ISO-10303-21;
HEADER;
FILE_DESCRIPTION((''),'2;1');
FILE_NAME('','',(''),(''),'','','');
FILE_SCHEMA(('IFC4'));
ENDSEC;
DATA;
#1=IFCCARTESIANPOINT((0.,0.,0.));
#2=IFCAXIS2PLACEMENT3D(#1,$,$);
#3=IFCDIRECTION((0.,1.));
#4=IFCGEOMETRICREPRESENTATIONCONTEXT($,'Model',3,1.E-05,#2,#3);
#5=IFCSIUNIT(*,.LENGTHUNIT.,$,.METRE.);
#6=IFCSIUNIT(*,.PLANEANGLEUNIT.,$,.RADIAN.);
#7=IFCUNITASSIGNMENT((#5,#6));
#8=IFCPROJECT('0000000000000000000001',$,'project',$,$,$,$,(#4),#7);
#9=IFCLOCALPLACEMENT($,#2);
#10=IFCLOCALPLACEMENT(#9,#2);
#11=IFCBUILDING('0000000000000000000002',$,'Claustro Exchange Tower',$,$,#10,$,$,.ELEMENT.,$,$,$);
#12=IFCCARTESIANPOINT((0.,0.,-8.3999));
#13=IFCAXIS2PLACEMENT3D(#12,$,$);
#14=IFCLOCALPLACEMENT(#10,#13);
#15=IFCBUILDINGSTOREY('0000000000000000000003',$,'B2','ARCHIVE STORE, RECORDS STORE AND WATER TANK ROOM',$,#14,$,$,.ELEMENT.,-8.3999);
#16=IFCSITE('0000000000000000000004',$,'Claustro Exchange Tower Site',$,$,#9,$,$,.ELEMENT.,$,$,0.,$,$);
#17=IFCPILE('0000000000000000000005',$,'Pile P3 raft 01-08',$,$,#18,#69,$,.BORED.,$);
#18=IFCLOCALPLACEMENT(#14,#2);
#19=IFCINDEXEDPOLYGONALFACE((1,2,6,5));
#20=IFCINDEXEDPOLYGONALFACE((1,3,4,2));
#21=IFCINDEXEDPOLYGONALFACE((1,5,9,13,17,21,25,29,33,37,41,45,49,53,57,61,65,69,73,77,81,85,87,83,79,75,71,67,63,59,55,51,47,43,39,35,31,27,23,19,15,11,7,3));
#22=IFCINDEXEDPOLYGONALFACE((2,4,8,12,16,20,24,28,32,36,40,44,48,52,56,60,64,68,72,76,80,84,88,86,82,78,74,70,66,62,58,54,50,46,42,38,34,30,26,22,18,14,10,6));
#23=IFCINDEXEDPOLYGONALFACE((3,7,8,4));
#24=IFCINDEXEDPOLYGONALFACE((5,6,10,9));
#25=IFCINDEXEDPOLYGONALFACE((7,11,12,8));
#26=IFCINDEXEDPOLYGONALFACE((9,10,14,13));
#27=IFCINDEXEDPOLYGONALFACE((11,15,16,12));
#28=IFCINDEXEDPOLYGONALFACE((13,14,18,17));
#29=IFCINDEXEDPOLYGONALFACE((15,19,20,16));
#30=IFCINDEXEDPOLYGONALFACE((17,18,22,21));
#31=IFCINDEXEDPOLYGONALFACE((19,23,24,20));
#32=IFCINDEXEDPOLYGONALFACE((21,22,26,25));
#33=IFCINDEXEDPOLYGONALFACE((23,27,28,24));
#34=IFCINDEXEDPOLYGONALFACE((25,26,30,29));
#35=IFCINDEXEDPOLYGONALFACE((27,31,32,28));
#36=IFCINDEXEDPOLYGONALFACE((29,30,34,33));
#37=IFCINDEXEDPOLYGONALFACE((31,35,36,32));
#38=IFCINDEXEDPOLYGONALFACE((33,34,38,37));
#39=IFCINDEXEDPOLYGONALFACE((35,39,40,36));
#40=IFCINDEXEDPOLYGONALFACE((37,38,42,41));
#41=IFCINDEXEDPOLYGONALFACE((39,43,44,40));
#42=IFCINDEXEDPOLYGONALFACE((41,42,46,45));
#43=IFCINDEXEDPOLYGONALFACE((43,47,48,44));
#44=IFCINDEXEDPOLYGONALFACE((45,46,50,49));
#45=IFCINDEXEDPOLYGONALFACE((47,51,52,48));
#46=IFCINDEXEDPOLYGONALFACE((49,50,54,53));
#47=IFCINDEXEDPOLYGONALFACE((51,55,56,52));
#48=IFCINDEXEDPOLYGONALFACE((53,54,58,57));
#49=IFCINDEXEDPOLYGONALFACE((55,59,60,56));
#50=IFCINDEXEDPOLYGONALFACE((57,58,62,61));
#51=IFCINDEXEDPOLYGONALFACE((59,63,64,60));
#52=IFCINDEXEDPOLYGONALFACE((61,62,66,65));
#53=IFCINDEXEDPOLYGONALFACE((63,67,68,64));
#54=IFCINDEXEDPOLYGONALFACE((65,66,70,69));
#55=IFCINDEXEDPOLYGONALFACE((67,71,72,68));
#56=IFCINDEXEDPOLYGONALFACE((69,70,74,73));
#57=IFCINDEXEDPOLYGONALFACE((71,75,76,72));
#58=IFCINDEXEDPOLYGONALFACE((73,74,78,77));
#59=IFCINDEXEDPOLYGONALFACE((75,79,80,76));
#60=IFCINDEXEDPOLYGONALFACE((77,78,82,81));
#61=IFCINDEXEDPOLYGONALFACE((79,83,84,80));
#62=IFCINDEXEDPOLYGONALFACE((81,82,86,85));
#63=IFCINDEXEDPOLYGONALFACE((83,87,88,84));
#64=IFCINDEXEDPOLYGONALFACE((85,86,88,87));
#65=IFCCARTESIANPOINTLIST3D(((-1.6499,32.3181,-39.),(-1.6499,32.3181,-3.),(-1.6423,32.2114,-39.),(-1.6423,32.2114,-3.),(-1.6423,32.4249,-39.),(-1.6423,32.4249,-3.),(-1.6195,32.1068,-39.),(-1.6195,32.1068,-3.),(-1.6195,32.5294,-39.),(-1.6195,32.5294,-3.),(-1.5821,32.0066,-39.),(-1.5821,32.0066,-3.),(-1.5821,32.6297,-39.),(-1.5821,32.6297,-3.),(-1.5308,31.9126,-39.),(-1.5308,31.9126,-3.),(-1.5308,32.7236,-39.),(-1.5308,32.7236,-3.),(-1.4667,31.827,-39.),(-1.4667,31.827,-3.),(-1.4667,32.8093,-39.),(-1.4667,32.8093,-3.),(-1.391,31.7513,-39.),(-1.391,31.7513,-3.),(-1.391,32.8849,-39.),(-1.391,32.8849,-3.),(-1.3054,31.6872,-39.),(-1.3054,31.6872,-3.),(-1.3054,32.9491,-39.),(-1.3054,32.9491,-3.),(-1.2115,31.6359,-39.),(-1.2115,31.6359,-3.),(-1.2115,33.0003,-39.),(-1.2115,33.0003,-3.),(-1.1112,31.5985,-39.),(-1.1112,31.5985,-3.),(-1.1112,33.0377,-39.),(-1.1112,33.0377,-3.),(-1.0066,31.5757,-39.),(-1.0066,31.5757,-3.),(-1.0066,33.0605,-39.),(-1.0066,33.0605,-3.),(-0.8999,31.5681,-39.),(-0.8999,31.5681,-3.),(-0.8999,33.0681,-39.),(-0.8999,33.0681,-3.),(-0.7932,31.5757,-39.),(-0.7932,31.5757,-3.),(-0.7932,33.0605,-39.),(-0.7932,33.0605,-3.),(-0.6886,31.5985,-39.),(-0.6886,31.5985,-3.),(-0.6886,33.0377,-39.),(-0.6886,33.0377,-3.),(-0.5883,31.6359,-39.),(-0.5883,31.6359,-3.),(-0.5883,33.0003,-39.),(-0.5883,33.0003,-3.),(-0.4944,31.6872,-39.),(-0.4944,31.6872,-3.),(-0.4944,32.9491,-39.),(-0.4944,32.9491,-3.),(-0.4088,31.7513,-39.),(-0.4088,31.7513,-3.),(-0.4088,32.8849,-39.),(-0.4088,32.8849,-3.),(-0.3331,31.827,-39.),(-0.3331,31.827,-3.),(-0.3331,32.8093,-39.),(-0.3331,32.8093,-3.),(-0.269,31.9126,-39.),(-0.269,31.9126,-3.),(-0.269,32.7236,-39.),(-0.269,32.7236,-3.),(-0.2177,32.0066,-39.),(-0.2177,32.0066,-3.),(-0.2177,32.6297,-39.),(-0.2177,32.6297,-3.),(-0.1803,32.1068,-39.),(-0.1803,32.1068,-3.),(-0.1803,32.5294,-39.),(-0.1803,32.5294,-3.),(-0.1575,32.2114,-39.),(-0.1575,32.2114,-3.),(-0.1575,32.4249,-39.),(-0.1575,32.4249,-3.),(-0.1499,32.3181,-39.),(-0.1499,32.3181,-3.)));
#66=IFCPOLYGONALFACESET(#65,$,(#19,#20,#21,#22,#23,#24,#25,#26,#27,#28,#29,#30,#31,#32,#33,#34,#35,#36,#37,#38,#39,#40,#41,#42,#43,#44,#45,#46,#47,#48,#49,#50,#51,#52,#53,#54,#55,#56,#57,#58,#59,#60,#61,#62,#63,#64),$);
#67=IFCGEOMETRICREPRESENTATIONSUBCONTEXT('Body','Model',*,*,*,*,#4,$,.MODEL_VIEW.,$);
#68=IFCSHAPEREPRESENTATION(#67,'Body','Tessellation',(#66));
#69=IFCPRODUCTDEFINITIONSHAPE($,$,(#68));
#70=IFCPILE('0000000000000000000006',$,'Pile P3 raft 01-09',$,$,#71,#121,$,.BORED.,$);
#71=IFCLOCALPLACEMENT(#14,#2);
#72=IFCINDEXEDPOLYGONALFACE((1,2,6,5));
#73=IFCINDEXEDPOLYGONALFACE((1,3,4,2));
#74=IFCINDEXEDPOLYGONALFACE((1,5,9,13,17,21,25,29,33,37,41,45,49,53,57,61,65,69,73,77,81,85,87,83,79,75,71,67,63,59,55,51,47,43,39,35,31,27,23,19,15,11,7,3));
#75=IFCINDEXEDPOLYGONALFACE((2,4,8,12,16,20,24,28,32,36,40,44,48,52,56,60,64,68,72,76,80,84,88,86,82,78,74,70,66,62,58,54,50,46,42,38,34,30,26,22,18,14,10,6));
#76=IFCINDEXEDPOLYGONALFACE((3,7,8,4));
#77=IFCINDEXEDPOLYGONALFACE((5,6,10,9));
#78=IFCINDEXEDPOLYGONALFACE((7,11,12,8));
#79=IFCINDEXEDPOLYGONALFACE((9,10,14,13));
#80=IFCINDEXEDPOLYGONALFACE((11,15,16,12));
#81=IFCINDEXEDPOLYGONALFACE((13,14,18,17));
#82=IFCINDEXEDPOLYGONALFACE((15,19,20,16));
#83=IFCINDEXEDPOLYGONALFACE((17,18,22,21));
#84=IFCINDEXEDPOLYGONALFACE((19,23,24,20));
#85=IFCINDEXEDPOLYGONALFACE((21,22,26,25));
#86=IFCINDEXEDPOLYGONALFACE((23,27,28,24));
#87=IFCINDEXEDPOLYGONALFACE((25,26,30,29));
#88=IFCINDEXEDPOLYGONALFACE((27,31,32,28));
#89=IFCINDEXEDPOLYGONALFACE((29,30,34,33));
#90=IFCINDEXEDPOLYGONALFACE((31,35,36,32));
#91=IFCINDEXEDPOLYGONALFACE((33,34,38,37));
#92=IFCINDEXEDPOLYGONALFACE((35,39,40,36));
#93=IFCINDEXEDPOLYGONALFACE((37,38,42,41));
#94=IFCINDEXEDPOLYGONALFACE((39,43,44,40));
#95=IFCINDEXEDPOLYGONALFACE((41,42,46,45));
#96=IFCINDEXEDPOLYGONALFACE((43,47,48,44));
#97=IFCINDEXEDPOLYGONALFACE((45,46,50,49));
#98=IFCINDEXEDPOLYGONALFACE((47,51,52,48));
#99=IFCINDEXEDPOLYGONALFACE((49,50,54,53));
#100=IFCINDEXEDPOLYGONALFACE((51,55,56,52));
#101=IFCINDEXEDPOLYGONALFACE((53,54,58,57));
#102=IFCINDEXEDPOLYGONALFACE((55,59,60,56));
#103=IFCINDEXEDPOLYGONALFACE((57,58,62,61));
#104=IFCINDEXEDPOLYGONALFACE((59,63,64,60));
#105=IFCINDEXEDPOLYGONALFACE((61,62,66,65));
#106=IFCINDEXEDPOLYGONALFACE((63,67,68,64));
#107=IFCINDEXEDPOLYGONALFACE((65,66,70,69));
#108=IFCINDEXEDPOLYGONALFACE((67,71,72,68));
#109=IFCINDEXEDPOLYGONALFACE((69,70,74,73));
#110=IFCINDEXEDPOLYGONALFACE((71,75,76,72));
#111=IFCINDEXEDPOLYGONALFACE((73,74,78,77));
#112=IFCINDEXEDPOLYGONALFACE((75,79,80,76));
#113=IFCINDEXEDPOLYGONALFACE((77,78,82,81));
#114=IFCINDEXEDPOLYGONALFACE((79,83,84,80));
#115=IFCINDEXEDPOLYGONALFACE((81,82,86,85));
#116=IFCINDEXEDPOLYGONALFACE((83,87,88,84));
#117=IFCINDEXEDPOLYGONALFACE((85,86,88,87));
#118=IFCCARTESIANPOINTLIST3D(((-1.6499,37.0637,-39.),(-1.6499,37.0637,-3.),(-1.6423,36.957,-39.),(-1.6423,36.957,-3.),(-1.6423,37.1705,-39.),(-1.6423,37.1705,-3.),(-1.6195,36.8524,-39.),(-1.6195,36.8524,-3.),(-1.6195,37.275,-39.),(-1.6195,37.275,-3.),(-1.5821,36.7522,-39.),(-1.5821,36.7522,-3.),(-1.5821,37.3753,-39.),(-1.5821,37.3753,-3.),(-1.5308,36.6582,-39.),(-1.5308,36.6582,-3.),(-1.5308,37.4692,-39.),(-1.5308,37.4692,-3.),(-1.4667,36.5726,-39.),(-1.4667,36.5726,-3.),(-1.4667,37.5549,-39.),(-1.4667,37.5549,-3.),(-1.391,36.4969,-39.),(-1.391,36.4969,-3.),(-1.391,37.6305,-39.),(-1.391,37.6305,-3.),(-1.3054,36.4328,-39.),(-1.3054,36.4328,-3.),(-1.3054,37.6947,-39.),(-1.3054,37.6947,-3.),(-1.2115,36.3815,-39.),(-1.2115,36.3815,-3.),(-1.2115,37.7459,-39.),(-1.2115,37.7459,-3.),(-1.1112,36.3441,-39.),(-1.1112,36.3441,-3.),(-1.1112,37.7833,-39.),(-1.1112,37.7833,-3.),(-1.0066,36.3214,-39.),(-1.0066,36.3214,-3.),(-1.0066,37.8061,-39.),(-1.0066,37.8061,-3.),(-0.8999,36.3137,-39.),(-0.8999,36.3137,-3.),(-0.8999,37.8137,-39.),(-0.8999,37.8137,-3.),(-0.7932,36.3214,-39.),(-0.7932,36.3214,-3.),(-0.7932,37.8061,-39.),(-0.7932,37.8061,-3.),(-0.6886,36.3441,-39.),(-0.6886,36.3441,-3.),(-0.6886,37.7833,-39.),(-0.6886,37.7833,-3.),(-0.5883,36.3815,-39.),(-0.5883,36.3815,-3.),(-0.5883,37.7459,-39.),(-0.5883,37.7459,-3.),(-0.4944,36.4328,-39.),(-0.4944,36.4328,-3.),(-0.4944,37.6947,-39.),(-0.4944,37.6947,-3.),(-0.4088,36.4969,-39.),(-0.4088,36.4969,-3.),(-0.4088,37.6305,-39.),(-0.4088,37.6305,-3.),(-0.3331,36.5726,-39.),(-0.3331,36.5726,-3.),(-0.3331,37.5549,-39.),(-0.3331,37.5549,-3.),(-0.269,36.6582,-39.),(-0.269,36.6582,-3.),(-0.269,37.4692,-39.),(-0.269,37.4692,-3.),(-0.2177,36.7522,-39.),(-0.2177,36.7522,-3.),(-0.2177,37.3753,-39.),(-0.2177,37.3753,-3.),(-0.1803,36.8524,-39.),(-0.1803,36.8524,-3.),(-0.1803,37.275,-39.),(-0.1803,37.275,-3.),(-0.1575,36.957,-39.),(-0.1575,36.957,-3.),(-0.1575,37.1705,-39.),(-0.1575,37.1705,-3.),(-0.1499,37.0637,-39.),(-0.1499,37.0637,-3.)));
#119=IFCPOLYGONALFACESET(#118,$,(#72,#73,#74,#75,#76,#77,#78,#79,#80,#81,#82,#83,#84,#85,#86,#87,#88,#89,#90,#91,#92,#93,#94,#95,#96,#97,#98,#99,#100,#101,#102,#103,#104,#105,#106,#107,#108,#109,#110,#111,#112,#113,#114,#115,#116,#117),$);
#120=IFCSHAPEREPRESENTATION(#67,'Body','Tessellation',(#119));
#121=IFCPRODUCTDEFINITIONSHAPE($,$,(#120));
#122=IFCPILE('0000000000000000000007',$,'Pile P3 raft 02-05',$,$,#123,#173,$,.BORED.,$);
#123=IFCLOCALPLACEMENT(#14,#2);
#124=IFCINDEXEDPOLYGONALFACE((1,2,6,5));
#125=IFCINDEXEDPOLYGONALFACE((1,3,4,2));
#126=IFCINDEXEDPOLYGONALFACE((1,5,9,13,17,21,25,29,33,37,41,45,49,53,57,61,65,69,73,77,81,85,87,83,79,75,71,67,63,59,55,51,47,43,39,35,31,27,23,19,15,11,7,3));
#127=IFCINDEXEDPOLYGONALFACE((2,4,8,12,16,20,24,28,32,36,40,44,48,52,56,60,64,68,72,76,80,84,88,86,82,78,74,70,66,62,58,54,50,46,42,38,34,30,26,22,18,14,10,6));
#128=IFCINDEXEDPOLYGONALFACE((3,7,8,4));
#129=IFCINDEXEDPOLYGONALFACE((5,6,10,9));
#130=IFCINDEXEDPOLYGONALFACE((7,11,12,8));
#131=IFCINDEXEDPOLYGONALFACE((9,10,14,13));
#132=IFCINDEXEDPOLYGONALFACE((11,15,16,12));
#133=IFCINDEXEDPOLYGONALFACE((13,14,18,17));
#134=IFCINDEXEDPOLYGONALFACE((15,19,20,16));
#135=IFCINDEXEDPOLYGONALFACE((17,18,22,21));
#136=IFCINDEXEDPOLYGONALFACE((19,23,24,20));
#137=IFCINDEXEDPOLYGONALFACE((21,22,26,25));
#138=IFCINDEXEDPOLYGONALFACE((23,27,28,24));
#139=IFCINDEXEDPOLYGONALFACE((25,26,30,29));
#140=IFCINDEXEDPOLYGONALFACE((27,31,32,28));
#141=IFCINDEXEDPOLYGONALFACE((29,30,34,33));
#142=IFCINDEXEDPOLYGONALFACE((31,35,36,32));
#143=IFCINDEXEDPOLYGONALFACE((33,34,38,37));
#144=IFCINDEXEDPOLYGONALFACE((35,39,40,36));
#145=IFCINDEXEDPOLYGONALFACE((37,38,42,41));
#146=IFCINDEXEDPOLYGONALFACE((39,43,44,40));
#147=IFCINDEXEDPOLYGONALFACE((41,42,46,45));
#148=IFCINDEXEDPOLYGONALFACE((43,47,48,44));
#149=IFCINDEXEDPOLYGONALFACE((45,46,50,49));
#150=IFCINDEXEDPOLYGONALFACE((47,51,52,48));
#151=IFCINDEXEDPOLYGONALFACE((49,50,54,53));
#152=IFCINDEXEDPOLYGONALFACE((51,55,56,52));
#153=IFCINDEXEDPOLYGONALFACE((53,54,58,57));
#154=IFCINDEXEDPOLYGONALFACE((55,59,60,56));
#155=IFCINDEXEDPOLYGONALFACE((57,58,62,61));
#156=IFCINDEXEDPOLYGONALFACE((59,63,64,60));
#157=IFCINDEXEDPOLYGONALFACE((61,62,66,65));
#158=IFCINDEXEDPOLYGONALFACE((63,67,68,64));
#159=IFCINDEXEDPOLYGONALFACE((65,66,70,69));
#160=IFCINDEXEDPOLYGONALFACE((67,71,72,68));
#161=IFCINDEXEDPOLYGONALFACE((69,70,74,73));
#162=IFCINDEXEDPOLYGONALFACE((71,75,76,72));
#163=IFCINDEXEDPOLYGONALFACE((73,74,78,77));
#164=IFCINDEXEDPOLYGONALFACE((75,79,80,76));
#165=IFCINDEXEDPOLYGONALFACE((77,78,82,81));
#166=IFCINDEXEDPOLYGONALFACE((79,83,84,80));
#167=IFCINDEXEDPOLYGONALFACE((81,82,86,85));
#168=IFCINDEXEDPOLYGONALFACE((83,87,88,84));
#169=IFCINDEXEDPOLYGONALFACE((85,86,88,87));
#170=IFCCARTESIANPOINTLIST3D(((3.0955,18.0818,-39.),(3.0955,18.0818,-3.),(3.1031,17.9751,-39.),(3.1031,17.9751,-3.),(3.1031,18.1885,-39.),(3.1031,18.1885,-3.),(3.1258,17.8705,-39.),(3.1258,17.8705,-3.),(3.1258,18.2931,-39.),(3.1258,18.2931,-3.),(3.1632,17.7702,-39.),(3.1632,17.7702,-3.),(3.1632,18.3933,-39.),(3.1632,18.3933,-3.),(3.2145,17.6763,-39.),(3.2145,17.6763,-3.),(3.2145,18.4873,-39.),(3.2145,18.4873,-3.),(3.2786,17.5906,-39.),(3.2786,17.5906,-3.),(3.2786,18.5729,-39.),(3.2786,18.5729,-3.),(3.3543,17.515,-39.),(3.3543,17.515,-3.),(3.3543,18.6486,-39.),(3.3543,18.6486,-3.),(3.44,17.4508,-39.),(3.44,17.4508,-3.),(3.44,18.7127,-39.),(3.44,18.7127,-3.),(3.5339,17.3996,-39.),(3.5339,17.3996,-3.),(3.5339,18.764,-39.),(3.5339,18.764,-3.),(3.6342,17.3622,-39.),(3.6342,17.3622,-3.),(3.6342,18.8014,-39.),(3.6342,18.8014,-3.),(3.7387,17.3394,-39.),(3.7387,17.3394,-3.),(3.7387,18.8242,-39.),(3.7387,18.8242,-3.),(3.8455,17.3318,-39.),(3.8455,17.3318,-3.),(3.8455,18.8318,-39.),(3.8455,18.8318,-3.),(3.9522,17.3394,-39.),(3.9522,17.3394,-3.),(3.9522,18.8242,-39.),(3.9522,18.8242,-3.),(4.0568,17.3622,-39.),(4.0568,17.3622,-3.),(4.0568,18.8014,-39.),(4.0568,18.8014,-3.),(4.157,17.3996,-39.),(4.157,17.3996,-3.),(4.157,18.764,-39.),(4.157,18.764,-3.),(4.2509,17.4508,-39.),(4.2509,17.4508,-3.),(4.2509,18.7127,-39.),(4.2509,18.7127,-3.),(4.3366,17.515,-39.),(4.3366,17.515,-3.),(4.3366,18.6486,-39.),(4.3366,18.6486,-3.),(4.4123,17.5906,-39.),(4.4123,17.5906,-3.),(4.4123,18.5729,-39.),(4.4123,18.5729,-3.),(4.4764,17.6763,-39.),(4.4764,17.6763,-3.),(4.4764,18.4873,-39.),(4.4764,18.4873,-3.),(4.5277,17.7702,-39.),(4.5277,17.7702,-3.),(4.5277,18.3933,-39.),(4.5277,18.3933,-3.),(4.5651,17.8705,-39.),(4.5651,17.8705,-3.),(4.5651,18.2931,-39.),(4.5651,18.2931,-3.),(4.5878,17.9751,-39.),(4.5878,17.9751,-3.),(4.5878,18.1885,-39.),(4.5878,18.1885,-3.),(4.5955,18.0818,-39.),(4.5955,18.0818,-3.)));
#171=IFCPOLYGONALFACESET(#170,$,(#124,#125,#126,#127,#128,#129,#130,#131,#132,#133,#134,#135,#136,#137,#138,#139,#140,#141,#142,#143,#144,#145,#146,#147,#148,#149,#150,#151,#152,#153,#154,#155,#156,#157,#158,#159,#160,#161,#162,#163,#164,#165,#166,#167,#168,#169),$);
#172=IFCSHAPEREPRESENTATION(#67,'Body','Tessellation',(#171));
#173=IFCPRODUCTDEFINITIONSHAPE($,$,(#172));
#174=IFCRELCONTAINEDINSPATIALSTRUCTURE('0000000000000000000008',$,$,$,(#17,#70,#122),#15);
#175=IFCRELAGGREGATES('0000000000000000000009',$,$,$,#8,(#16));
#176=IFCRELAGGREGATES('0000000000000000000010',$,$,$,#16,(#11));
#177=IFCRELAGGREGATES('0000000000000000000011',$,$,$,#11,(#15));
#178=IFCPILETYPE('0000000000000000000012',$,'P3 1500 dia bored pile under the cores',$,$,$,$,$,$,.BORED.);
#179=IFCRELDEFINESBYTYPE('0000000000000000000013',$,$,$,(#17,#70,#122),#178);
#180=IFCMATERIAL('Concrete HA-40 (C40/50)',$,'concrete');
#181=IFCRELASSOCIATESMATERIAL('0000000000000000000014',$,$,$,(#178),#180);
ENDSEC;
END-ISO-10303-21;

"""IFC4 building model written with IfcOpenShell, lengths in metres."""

from ifc_helpers import new_model, si_unit, direction, frame, origin, origin_2d, place, context, subcontext, project, spatial, circle, extrude, material, type_object, element, save


model = new_model("IFC4")

# Units and contexts
model_context = context("Model", 3, precision=1e-05, world=origin(), true_north=direction((0.0, 1.0)))
body_context = subcontext(model_context, "Body", "Model", "MODEL_VIEW")
ifc_project = project(units=[si_unit("LENGTHUNIT", "METRE"), si_unit("PLANEANGLEUNIT", "RADIAN")], contexts=[model_context])

# Site, building, storey
site_placement = place(None, origin())
site = spatial("IfcSite", under=ifc_project, at=site_placement, Name="Claustro Exchange Tower Site", CompositionType="ELEMENT", RefElevation=0.0)
building_placement = place(site_placement, origin())
building = spatial("IfcBuilding", under=site, at=building_placement, Name="Claustro Exchange Tower", CompositionType="ELEMENT")
storey_placement = place(building_placement, frame((0.0, 0.0, -8.3999)))
storey = spatial("IfcBuildingStorey", under=building, at=storey_placement, Name="B2", Description="ARCHIVE STORE, RECORDS STORE AND WATER TANK ROOM", CompositionType="ELEMENT", Elevation=-8.3999)

# Piles
ifc_material_1 = material(Name="Concrete HA-40 (C40/50)", Category="concrete")
pile_type_1 = type_object("IfcPileType", Name="P3 1500 dia bored pile under the cores", PredefinedType="BORED", material=ifc_material_1)
for number, where, z_axis, x_axis, name in (
    (1, (-0.8999, 32.3181, -3.0), (0.0, 0.0, -1.0), (1.0, 0.0, 0.0), "Pile P3 raft 01-08"),
    (2, (-0.8999, 37.0637, -3.0), (0.0, 0.0, -1.0), (1.0, 0.0, 0.0), "Pile P3 raft 01-09"),
    (3, (3.8455, 18.0818, -3.0), (0.0, 0.0, -1.0), (1.0, 0.0, 0.0), "Pile P3 raft 02-05"),
):
    element("IfcPile", number, at=place(storey_placement, frame(where, z_axis=z_axis, x_axis=x_axis)), inside=storey, type_object=pile_type_1, Name=name, PredefinedType="BORED", context=body_context, shape_type="SweptSolid", body=[
        extrude(circle(Radius=0.75, at=origin_2d()), origin(), (0.0, 0.0, 1.0), 36.0),
    ])

save(model, "model.ifc")
